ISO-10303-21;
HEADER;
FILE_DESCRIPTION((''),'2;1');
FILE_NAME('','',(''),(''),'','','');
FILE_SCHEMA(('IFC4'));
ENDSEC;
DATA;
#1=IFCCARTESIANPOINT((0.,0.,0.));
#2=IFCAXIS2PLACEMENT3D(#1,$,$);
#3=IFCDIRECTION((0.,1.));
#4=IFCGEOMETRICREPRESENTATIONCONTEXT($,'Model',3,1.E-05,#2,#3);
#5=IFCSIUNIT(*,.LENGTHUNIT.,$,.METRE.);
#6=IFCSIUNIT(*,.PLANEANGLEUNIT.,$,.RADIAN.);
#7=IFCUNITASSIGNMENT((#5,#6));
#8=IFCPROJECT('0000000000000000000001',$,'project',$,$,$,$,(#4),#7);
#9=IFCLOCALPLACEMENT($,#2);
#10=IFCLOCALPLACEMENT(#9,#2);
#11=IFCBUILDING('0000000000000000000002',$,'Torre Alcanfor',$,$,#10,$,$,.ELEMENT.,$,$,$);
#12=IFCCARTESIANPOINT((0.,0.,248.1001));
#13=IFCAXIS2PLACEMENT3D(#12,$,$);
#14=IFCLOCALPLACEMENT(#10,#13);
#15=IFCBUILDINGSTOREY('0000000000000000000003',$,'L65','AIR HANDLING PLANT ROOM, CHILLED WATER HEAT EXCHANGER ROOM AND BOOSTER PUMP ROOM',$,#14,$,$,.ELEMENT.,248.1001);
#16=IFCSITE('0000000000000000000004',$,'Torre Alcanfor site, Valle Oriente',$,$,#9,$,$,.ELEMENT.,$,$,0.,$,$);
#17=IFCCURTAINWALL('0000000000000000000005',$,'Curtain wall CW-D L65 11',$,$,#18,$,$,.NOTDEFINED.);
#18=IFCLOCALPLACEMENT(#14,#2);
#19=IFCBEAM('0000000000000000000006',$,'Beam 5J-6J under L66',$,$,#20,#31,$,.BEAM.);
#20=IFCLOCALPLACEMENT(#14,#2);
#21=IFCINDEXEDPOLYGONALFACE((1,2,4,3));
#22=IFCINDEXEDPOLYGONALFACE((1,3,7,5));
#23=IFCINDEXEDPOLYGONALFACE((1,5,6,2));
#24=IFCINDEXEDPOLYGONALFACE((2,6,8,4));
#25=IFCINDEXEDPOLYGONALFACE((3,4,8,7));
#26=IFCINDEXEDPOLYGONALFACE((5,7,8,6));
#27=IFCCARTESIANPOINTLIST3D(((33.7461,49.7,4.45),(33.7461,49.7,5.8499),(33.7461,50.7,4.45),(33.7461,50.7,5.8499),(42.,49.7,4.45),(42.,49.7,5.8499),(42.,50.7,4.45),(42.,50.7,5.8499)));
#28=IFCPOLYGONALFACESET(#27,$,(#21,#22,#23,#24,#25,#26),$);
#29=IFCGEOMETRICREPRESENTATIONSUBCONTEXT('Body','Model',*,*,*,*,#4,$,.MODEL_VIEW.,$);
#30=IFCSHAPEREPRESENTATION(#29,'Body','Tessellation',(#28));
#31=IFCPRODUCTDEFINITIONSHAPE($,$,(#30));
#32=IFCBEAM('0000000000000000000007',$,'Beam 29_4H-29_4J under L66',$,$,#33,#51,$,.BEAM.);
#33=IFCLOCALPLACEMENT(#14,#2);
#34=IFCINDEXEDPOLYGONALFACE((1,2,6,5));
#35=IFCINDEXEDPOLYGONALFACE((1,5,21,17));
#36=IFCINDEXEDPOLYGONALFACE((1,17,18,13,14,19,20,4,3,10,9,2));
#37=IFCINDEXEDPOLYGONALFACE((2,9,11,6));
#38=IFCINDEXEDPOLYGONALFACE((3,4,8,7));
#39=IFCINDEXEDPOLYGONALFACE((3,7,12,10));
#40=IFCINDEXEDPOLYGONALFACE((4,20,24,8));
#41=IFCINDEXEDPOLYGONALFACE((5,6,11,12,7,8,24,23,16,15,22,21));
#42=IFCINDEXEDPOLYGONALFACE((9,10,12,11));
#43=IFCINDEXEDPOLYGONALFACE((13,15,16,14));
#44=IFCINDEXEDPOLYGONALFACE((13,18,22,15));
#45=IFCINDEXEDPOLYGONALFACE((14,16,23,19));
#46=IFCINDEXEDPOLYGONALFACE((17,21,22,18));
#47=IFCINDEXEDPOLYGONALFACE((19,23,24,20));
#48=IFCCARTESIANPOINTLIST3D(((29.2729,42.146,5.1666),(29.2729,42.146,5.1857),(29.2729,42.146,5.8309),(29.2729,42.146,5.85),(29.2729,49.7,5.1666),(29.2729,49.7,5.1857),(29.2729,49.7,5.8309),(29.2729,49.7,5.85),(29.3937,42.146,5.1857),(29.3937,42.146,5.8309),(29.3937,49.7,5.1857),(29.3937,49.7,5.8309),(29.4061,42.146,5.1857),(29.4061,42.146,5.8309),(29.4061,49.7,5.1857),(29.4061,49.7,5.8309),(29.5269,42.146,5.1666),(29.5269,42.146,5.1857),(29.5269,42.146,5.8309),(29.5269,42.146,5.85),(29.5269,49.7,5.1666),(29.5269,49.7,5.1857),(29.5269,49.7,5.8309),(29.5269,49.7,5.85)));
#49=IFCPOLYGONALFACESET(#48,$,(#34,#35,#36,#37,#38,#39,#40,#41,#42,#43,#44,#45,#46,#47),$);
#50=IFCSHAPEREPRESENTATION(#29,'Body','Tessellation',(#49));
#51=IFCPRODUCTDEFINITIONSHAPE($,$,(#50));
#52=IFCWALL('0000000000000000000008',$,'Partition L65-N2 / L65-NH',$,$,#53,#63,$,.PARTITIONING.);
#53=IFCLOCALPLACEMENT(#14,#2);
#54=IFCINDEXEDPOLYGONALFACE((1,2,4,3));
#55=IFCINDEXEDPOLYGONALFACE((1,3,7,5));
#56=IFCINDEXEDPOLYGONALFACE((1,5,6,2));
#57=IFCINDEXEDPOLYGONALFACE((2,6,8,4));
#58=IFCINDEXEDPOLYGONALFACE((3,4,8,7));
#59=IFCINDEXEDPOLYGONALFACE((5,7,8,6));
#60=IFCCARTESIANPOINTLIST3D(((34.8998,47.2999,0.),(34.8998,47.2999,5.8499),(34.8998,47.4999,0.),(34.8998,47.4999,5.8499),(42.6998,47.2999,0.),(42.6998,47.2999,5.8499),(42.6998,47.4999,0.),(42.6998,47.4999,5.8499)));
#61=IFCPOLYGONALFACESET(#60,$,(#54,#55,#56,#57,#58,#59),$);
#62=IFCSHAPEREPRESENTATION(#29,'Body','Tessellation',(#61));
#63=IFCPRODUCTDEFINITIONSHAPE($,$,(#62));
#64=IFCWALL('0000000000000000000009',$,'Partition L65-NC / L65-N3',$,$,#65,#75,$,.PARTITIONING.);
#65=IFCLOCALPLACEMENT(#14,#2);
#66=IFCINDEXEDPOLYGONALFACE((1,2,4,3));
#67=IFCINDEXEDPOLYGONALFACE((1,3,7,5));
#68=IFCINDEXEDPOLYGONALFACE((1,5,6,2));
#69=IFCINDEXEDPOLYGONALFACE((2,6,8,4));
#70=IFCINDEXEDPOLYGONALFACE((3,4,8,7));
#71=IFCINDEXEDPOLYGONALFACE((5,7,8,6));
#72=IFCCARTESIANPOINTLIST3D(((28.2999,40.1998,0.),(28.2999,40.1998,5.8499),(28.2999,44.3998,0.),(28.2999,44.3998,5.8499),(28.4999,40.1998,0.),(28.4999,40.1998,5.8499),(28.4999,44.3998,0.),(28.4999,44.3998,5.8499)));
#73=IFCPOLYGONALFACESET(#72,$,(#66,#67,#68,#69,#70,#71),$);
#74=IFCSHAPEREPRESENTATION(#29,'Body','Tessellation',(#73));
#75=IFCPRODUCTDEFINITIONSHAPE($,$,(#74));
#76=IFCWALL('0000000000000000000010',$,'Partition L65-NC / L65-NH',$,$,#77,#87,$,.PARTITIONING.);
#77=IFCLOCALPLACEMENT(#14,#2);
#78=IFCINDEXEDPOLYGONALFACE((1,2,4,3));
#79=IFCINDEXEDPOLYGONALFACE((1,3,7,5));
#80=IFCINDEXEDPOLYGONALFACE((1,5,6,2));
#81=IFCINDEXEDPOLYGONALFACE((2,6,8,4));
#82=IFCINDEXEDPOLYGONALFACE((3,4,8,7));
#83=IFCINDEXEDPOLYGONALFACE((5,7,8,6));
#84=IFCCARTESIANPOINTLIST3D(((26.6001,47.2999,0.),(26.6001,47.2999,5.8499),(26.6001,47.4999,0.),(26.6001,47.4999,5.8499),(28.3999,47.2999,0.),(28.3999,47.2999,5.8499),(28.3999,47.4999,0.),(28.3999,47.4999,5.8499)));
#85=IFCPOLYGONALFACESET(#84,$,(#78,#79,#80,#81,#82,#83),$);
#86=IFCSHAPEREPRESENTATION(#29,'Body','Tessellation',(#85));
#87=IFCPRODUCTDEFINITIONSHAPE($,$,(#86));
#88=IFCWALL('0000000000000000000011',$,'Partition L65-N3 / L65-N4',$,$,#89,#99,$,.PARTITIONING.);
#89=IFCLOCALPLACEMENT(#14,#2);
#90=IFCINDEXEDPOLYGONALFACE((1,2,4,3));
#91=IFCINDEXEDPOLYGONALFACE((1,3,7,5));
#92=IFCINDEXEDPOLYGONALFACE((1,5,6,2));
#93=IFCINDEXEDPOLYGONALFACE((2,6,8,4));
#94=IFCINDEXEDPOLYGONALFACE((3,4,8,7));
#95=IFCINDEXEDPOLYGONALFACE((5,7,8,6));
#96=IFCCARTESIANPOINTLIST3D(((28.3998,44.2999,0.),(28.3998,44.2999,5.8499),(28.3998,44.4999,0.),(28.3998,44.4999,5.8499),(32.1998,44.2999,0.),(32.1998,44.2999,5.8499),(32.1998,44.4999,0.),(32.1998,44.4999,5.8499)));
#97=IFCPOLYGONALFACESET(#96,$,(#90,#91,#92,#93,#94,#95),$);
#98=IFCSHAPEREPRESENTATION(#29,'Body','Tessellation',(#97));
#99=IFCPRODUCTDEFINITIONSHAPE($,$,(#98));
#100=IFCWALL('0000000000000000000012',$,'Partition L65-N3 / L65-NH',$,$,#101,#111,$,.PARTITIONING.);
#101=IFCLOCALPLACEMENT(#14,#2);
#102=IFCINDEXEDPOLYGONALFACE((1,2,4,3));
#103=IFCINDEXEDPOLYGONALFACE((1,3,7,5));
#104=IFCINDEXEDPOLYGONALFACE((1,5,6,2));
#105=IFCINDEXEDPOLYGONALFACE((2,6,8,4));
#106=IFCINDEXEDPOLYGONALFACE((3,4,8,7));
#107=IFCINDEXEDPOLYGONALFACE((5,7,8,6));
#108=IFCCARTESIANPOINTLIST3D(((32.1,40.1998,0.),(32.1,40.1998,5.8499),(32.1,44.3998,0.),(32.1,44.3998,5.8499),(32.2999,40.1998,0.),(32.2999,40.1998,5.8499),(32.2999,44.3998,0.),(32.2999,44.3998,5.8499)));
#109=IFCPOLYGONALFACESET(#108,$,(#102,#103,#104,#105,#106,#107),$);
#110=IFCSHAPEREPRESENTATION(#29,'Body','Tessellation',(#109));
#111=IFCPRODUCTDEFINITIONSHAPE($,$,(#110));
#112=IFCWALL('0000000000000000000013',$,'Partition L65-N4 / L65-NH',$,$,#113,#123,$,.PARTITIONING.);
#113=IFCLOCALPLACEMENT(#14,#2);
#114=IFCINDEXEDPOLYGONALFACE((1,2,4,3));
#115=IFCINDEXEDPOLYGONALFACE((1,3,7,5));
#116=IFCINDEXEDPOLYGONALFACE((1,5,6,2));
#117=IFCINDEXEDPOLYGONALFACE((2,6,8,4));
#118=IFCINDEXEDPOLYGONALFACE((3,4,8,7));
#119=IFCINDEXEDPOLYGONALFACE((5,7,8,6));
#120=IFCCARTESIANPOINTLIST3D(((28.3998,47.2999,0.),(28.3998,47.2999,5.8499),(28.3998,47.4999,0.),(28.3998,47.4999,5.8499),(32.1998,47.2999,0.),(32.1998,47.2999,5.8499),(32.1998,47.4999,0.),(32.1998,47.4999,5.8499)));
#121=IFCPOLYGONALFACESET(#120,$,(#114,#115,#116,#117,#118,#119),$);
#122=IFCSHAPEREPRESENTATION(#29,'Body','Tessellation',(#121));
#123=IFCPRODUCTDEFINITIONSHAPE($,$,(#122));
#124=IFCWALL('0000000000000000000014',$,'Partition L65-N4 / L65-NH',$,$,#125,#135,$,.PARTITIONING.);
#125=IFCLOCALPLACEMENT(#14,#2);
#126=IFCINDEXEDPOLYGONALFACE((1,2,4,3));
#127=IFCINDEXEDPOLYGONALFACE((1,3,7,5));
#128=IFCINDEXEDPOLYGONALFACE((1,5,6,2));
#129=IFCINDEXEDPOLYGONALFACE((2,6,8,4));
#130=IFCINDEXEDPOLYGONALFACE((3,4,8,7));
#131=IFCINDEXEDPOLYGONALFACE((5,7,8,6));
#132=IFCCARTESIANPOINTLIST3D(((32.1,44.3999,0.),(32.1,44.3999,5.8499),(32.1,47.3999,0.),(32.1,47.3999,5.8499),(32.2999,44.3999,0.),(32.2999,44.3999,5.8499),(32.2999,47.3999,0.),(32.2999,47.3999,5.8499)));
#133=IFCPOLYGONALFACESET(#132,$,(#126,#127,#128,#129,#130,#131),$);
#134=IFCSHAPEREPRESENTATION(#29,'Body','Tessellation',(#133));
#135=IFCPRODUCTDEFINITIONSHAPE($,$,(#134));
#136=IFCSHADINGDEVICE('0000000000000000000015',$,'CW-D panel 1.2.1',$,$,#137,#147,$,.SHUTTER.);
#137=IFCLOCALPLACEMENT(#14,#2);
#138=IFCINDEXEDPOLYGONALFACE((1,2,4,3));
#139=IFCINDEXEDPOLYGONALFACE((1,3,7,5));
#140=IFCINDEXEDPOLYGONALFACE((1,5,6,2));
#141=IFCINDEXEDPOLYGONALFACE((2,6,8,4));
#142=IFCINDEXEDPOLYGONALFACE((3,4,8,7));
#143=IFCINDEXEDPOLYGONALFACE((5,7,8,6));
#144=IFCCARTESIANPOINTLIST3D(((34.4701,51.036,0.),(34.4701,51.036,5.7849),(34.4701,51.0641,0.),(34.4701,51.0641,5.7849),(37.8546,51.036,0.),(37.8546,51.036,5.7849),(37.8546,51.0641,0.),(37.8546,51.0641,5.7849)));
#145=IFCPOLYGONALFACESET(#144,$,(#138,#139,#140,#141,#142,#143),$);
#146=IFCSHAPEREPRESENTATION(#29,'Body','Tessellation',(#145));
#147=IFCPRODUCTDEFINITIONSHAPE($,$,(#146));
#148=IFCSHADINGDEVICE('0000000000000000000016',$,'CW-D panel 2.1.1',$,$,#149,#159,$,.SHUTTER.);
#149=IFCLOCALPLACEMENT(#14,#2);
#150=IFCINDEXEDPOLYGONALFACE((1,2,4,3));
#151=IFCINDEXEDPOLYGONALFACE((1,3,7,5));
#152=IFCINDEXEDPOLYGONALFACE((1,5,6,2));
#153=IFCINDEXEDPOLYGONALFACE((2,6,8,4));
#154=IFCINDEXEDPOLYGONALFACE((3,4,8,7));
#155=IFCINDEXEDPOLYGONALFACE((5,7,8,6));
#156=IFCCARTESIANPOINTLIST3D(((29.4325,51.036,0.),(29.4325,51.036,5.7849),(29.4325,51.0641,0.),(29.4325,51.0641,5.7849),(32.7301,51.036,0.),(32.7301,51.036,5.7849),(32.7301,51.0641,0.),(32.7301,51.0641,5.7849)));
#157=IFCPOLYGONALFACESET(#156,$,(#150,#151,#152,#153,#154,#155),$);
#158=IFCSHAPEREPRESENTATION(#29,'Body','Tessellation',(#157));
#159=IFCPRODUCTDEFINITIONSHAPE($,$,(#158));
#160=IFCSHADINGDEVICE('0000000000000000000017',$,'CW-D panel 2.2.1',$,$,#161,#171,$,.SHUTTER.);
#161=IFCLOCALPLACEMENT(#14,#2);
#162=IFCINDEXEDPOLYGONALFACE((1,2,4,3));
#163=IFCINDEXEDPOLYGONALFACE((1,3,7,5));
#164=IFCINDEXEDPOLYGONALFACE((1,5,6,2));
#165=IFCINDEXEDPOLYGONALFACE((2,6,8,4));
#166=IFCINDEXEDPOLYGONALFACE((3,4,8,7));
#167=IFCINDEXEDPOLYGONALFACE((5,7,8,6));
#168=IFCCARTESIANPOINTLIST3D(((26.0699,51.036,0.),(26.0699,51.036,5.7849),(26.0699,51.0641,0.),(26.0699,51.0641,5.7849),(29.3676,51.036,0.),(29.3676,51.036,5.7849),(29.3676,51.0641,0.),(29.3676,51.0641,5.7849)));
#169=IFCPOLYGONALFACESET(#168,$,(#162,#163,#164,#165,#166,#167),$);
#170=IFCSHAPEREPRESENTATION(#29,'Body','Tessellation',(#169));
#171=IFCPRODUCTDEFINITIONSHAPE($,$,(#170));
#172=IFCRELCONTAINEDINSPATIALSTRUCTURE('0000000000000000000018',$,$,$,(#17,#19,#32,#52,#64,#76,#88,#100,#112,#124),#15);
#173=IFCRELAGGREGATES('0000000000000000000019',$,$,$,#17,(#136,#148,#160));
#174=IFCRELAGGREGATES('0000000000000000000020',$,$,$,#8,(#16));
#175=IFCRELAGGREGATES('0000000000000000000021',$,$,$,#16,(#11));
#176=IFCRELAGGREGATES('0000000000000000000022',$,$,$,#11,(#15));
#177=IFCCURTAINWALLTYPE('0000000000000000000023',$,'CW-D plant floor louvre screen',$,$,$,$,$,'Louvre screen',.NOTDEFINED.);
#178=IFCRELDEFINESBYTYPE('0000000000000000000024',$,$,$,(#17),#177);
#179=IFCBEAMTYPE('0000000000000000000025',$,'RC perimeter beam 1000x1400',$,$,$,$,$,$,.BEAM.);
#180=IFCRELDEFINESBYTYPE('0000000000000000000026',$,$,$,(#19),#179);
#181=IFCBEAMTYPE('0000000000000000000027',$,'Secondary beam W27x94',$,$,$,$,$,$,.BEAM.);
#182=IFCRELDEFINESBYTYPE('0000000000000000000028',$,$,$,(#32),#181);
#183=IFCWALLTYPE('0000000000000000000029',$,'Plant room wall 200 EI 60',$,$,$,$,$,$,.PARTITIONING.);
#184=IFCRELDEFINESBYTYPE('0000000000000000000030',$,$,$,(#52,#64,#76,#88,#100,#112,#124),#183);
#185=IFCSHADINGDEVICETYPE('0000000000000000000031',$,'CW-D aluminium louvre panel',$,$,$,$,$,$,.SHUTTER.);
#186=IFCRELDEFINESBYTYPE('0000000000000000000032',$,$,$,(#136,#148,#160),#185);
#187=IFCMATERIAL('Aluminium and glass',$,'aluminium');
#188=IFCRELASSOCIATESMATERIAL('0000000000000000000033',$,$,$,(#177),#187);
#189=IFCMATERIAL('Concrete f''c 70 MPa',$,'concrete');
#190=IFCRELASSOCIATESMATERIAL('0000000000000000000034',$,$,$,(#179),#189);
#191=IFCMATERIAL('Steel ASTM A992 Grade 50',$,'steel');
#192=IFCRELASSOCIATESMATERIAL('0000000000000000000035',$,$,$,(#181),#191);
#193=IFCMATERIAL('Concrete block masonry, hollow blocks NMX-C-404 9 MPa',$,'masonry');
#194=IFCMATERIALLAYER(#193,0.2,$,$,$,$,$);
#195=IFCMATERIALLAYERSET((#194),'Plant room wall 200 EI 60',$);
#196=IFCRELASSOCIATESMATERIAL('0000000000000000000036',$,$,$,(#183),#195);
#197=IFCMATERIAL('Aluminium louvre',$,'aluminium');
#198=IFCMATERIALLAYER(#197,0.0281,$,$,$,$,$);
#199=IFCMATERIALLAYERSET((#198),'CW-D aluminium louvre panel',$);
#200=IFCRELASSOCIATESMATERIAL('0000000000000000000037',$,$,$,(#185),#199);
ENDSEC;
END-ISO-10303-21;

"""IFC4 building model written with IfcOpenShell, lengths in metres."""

from ifc_helpers import new_model, si_unit, direction, frame, frame_2d, origin, origin_2d, place, context, subcontext, project, spatial, rectangle, i_section, extrude, material, layer, layer_set, material_profile, profile_set, type_object, element, aggregate, save


model = new_model("IFC4")

# Units and contexts
model_context = context("Model", 3, precision=1e-05, world=origin(), true_north=direction((0.0, 1.0)))
body_context = subcontext(model_context, "Body", "Model", "MODEL_VIEW")
ifc_project = project(units=[si_unit("LENGTHUNIT", "METRE"), si_unit("PLANEANGLEUNIT", "RADIAN")], contexts=[model_context])

# Site, building, storey
site_placement = place(None, origin())
site = spatial("IfcSite", under=ifc_project, at=site_placement, Name="Torre Alcanfor site, Valle Oriente", CompositionType="ELEMENT", RefElevation=0.0)
building_placement = place(site_placement, origin())
building = spatial("IfcBuilding", under=site, at=building_placement, Name="Torre Alcanfor", CompositionType="ELEMENT")
storey_placement = place(building_placement, frame((0.0, 0.0, 248.1001)))
storey = spatial("IfcBuildingStorey", under=building, at=storey_placement, Name="L65", Description="AIR HANDLING PLANT ROOM, CHILLED WATER HEAT EXCHANGER ROOM AND BOOSTER PUMP ROOM", CompositionType="ELEMENT", Elevation=248.1001)

# Curtain wall
ifc_material_1 = material(Name="Aluminium and glass", Category="aluminium")
curtain_wall_type = type_object("IfcCurtainWallType", Name="CW-D plant floor louvre screen", ElementType="Louvre screen", PredefinedType="NOTDEFINED", material=ifc_material_1)
curtain_wall_placement = place(storey_placement, origin())
curtain_wall = element("IfcCurtainWall", 1, at=curtain_wall_placement, inside=storey, type_object=curtain_wall_type, Name="Curtain wall CW-D L65 11", PredefinedType="NOTDEFINED")

# Beams
ifc_material_2 = material(Name="Concrete f'c 70 MPa", Category="concrete")
ifc_material_profile_1 = material_profile(ifc_material_2, rectangle(XDim=1.0, YDim=1.3999, at=origin_2d()), Name="1000x1400")
ifc_profile_set_1 = profile_set([ifc_material_profile_1], Name="Concrete f'c 70 MPa")
beam_type_1 = type_object("IfcBeamType", Name="RC perimeter beam 1000x1400", PredefinedType="BEAM", material=ifc_profile_set_1)
beam_1_placement = place(storey_placement, frame((33.7461, 50.2, 5.1499), z_axis=(1.0, 0.0, 0.0), x_axis=(0.0, 1.0, 0.0)))
element("IfcBeam", 2, at=beam_1_placement, inside=storey, type_object=beam_type_1, Name="Beam 5J-6J under L66", PredefinedType="BEAM", context=body_context, shape_type="SweptSolid", body=[
    extrude(rectangle(XDim=1.0, YDim=1.3999, at=origin_2d()), origin(), (0.0, 0.0, 1.0), 8.2539),
])
ifc_material_3 = material(Name="Steel ASTM A992 Grade 50", Category="steel")
ifc_material_profile_2 = material_profile(ifc_material_3, i_section(OverallWidth=0.2539, OverallDepth=0.6833, WebThickness=0.0125, FlangeThickness=0.019, at=origin_2d()), Name="W27x94")
ifc_profile_set_2 = profile_set([ifc_material_profile_2], Name="Steel ASTM A992 Grade 50")
beam_type_2 = type_object("IfcBeamType", Name="Secondary beam W27x94", PredefinedType="BEAM", material=ifc_profile_set_2)
beam_2_placement = place(storey_placement, frame((29.3999, 42.146, 5.5083), z_axis=(0.0, 1.0, 0.0), x_axis=(-1.0, 0.0, 0.0)))
element("IfcBeam", 3, at=beam_2_placement, inside=storey, type_object=beam_type_2, Name="Beam 29_4H-29_4J under L66", PredefinedType="BEAM", context=body_context, shape_type="SweptSolid", body=[
    extrude(i_section(OverallWidth=0.2539, OverallDepth=0.6833, WebThickness=0.0125, FlangeThickness=0.019, at=origin_2d()), origin(), (0.0, 0.0, 1.0), 7.554),
])

# Walls
ifc_material_4 = material(Name="Concrete block masonry, hollow blocks NMX-C-404 9 MPa", Category="masonry")
ifc_layer_1 = layer(ifc_material_4, 0.2)
ifc_layer_set_1 = layer_set([ifc_layer_1], Name="Plant room wall 200 EI 60")
wall_type = type_object("IfcWallType", Name="Plant room wall 200 EI 60", PredefinedType="PARTITIONING", material=ifc_layer_set_1)
wall_1_placement = place(storey_placement, frame((34.8999, 47.3999, 0.0), z_axis=(0.0, 0.0, 1.0), x_axis=(1.0, 0.0, 0.0)))
element("IfcWall", 4, at=wall_1_placement, inside=storey, type_object=wall_type, Name="Partition L65-N2 / L65-NH", PredefinedType="PARTITIONING", context=body_context, shape_type="SweptSolid", body=[
    extrude(rectangle(XDim=7.8, YDim=0.2, at=frame_2d((3.8999, 0.0))), origin(), (0.0, 0.0, 1.0), 5.8499),
])
wall_2_placement = place(storey_placement, frame((28.3999, 44.3999, 0.0), z_axis=(0.0, 0.0, 1.0), x_axis=(0.0, -1.0, 0.0)))
element("IfcWall", 5, at=wall_2_placement, inside=storey, type_object=wall_type, Name="Partition L65-NC / L65-N3", PredefinedType="PARTITIONING", context=body_context, shape_type="SweptSolid", body=[
    extrude(rectangle(XDim=4.2, YDim=0.2, at=frame_2d((2.1001, 0.0))), origin(), (0.0, 0.0, 1.0), 5.8499),
])

# Walls
wall_3_placement = place(storey_placement, frame((26.6001, 47.3999, 0.0), z_axis=(0.0, 0.0, 1.0), x_axis=(1.0, 0.0, 0.0)))
element("IfcWall", 6, at=wall_3_placement, inside=storey, type_object=wall_type, Name="Partition L65-NC / L65-NH", PredefinedType="PARTITIONING", context=body_context, shape_type="SweptSolid", body=[
    extrude(rectangle(XDim=1.7998, YDim=0.2, at=frame_2d((0.8999, 0.0))), origin(), (0.0, 0.0, 1.0), 5.8499),
])
wall_4_placement = place(storey_placement, frame((28.3999, 44.3999, 0.0), z_axis=(0.0, 0.0, 1.0), x_axis=(1.0, 0.0, 0.0)))
element("IfcWall", 7, at=wall_4_placement, inside=storey, type_object=wall_type, Name="Partition L65-N3 / L65-N4", PredefinedType="PARTITIONING", context=body_context, shape_type="SweptSolid", body=[
    extrude(rectangle(XDim=3.8, YDim=0.2, at=frame_2d((1.8999, 0.0))), origin(), (0.0, 0.0, 1.0), 5.8499),
])
wall_5_placement = place(storey_placement, frame((32.2, 44.3999, 0.0), z_axis=(0.0, 0.0, 1.0), x_axis=(0.0, -1.0, 0.0)))
element("IfcWall", 8, at=wall_5_placement, inside=storey, type_object=wall_type, Name="Partition L65-N3 / L65-NH", PredefinedType="PARTITIONING", context=body_context, shape_type="SweptSolid", body=[
    extrude(rectangle(XDim=4.2, YDim=0.2, at=frame_2d((2.1001, 0.0))), origin(), (0.0, 0.0, 1.0), 5.8499),
])
wall_6_placement = place(storey_placement, frame((28.3999, 47.3999, 0.0), z_axis=(0.0, 0.0, 1.0), x_axis=(1.0, 0.0, 0.0)))
element("IfcWall", 9, at=wall_6_placement, inside=storey, type_object=wall_type, Name="Partition L65-N4 / L65-NH", PredefinedType="PARTITIONING", context=body_context, shape_type="SweptSolid", body=[
    extrude(rectangle(XDim=3.8, YDim=0.2, at=frame_2d((1.8999, 0.0))), origin(), (0.0, 0.0, 1.0), 5.8499),
])
wall_7_placement = place(storey_placement, frame((32.2, 47.3999, 0.0), z_axis=(0.0, 0.0, 1.0), x_axis=(0.0, -1.0, 0.0)))
element("IfcWall", 10, at=wall_7_placement, inside=storey, type_object=wall_type, Name="Partition L65-N4 / L65-NH", PredefinedType="PARTITIONING", context=body_context, shape_type="SweptSolid", body=[
    extrude(rectangle(XDim=3.0, YDim=0.2, at=frame_2d((1.5, 0.0))), origin(), (0.0, 0.0, 1.0), 5.8499),
])

# Shading devices
ifc_material_5 = material(Name="Aluminium louvre", Category="aluminium")
ifc_layer_2 = layer(ifc_material_5, 0.0281)
ifc_layer_set_2 = layer_set([ifc_layer_2], Name="CW-D aluminium louvre panel")
shading_device_type = type_object("IfcShadingDeviceType", Name="CW-D aluminium louvre panel", PredefinedType="SHUTTER", material=ifc_layer_set_2)
shading_device_1_placement = place(storey_placement, frame((36.1624, 51.05, 0.0), z_axis=(0.0, 0.0, 1.0), x_axis=(-1.0, 0.0, 0.0)))
shading_device_1 = element("IfcShadingDevice", 11, at=shading_device_1_placement, type_object=shading_device_type, Name="CW-D panel 1.2.1", PredefinedType="SHUTTER", context=body_context, shape_type="SweptSolid", body=[
    extrude(rectangle(XDim=3.3845, YDim=0.0281, at=origin_2d()), origin(), (0.0, 0.0, 1.0), 5.7849),
])
shading_device_2_placement = place(storey_placement, frame((31.0813, 51.05, 0.0), z_axis=(0.0, 0.0, 1.0), x_axis=(-1.0, 0.0, 0.0)))
shading_device_2 = element("IfcShadingDevice", 12, at=shading_device_2_placement, type_object=shading_device_type, Name="CW-D panel 2.1.1", PredefinedType="SHUTTER", context=body_context, shape_type="SweptSolid", body=[
    extrude(rectangle(XDim=3.2976, YDim=0.0281, at=origin_2d()), origin(), (0.0, 0.0, 1.0), 5.7849),
])
shading_device_3_placement = place(storey_placement, frame((27.7188, 51.05, 0.0), z_axis=(0.0, 0.0, 1.0), x_axis=(-1.0, 0.0, 0.0)))
shading_device_3 = element("IfcShadingDevice", 13, at=shading_device_3_placement, type_object=shading_device_type, Name="CW-D panel 2.2.1", PredefinedType="SHUTTER", context=body_context, shape_type="SweptSolid", body=[
    extrude(rectangle(XDim=3.2976, YDim=0.0281, at=origin_2d()), origin(), (0.0, 0.0, 1.0), 5.7849),
])
aggregate(curtain_wall, [shading_device_1, shading_device_2, shading_device_3])

save(model, "model.ifc")
